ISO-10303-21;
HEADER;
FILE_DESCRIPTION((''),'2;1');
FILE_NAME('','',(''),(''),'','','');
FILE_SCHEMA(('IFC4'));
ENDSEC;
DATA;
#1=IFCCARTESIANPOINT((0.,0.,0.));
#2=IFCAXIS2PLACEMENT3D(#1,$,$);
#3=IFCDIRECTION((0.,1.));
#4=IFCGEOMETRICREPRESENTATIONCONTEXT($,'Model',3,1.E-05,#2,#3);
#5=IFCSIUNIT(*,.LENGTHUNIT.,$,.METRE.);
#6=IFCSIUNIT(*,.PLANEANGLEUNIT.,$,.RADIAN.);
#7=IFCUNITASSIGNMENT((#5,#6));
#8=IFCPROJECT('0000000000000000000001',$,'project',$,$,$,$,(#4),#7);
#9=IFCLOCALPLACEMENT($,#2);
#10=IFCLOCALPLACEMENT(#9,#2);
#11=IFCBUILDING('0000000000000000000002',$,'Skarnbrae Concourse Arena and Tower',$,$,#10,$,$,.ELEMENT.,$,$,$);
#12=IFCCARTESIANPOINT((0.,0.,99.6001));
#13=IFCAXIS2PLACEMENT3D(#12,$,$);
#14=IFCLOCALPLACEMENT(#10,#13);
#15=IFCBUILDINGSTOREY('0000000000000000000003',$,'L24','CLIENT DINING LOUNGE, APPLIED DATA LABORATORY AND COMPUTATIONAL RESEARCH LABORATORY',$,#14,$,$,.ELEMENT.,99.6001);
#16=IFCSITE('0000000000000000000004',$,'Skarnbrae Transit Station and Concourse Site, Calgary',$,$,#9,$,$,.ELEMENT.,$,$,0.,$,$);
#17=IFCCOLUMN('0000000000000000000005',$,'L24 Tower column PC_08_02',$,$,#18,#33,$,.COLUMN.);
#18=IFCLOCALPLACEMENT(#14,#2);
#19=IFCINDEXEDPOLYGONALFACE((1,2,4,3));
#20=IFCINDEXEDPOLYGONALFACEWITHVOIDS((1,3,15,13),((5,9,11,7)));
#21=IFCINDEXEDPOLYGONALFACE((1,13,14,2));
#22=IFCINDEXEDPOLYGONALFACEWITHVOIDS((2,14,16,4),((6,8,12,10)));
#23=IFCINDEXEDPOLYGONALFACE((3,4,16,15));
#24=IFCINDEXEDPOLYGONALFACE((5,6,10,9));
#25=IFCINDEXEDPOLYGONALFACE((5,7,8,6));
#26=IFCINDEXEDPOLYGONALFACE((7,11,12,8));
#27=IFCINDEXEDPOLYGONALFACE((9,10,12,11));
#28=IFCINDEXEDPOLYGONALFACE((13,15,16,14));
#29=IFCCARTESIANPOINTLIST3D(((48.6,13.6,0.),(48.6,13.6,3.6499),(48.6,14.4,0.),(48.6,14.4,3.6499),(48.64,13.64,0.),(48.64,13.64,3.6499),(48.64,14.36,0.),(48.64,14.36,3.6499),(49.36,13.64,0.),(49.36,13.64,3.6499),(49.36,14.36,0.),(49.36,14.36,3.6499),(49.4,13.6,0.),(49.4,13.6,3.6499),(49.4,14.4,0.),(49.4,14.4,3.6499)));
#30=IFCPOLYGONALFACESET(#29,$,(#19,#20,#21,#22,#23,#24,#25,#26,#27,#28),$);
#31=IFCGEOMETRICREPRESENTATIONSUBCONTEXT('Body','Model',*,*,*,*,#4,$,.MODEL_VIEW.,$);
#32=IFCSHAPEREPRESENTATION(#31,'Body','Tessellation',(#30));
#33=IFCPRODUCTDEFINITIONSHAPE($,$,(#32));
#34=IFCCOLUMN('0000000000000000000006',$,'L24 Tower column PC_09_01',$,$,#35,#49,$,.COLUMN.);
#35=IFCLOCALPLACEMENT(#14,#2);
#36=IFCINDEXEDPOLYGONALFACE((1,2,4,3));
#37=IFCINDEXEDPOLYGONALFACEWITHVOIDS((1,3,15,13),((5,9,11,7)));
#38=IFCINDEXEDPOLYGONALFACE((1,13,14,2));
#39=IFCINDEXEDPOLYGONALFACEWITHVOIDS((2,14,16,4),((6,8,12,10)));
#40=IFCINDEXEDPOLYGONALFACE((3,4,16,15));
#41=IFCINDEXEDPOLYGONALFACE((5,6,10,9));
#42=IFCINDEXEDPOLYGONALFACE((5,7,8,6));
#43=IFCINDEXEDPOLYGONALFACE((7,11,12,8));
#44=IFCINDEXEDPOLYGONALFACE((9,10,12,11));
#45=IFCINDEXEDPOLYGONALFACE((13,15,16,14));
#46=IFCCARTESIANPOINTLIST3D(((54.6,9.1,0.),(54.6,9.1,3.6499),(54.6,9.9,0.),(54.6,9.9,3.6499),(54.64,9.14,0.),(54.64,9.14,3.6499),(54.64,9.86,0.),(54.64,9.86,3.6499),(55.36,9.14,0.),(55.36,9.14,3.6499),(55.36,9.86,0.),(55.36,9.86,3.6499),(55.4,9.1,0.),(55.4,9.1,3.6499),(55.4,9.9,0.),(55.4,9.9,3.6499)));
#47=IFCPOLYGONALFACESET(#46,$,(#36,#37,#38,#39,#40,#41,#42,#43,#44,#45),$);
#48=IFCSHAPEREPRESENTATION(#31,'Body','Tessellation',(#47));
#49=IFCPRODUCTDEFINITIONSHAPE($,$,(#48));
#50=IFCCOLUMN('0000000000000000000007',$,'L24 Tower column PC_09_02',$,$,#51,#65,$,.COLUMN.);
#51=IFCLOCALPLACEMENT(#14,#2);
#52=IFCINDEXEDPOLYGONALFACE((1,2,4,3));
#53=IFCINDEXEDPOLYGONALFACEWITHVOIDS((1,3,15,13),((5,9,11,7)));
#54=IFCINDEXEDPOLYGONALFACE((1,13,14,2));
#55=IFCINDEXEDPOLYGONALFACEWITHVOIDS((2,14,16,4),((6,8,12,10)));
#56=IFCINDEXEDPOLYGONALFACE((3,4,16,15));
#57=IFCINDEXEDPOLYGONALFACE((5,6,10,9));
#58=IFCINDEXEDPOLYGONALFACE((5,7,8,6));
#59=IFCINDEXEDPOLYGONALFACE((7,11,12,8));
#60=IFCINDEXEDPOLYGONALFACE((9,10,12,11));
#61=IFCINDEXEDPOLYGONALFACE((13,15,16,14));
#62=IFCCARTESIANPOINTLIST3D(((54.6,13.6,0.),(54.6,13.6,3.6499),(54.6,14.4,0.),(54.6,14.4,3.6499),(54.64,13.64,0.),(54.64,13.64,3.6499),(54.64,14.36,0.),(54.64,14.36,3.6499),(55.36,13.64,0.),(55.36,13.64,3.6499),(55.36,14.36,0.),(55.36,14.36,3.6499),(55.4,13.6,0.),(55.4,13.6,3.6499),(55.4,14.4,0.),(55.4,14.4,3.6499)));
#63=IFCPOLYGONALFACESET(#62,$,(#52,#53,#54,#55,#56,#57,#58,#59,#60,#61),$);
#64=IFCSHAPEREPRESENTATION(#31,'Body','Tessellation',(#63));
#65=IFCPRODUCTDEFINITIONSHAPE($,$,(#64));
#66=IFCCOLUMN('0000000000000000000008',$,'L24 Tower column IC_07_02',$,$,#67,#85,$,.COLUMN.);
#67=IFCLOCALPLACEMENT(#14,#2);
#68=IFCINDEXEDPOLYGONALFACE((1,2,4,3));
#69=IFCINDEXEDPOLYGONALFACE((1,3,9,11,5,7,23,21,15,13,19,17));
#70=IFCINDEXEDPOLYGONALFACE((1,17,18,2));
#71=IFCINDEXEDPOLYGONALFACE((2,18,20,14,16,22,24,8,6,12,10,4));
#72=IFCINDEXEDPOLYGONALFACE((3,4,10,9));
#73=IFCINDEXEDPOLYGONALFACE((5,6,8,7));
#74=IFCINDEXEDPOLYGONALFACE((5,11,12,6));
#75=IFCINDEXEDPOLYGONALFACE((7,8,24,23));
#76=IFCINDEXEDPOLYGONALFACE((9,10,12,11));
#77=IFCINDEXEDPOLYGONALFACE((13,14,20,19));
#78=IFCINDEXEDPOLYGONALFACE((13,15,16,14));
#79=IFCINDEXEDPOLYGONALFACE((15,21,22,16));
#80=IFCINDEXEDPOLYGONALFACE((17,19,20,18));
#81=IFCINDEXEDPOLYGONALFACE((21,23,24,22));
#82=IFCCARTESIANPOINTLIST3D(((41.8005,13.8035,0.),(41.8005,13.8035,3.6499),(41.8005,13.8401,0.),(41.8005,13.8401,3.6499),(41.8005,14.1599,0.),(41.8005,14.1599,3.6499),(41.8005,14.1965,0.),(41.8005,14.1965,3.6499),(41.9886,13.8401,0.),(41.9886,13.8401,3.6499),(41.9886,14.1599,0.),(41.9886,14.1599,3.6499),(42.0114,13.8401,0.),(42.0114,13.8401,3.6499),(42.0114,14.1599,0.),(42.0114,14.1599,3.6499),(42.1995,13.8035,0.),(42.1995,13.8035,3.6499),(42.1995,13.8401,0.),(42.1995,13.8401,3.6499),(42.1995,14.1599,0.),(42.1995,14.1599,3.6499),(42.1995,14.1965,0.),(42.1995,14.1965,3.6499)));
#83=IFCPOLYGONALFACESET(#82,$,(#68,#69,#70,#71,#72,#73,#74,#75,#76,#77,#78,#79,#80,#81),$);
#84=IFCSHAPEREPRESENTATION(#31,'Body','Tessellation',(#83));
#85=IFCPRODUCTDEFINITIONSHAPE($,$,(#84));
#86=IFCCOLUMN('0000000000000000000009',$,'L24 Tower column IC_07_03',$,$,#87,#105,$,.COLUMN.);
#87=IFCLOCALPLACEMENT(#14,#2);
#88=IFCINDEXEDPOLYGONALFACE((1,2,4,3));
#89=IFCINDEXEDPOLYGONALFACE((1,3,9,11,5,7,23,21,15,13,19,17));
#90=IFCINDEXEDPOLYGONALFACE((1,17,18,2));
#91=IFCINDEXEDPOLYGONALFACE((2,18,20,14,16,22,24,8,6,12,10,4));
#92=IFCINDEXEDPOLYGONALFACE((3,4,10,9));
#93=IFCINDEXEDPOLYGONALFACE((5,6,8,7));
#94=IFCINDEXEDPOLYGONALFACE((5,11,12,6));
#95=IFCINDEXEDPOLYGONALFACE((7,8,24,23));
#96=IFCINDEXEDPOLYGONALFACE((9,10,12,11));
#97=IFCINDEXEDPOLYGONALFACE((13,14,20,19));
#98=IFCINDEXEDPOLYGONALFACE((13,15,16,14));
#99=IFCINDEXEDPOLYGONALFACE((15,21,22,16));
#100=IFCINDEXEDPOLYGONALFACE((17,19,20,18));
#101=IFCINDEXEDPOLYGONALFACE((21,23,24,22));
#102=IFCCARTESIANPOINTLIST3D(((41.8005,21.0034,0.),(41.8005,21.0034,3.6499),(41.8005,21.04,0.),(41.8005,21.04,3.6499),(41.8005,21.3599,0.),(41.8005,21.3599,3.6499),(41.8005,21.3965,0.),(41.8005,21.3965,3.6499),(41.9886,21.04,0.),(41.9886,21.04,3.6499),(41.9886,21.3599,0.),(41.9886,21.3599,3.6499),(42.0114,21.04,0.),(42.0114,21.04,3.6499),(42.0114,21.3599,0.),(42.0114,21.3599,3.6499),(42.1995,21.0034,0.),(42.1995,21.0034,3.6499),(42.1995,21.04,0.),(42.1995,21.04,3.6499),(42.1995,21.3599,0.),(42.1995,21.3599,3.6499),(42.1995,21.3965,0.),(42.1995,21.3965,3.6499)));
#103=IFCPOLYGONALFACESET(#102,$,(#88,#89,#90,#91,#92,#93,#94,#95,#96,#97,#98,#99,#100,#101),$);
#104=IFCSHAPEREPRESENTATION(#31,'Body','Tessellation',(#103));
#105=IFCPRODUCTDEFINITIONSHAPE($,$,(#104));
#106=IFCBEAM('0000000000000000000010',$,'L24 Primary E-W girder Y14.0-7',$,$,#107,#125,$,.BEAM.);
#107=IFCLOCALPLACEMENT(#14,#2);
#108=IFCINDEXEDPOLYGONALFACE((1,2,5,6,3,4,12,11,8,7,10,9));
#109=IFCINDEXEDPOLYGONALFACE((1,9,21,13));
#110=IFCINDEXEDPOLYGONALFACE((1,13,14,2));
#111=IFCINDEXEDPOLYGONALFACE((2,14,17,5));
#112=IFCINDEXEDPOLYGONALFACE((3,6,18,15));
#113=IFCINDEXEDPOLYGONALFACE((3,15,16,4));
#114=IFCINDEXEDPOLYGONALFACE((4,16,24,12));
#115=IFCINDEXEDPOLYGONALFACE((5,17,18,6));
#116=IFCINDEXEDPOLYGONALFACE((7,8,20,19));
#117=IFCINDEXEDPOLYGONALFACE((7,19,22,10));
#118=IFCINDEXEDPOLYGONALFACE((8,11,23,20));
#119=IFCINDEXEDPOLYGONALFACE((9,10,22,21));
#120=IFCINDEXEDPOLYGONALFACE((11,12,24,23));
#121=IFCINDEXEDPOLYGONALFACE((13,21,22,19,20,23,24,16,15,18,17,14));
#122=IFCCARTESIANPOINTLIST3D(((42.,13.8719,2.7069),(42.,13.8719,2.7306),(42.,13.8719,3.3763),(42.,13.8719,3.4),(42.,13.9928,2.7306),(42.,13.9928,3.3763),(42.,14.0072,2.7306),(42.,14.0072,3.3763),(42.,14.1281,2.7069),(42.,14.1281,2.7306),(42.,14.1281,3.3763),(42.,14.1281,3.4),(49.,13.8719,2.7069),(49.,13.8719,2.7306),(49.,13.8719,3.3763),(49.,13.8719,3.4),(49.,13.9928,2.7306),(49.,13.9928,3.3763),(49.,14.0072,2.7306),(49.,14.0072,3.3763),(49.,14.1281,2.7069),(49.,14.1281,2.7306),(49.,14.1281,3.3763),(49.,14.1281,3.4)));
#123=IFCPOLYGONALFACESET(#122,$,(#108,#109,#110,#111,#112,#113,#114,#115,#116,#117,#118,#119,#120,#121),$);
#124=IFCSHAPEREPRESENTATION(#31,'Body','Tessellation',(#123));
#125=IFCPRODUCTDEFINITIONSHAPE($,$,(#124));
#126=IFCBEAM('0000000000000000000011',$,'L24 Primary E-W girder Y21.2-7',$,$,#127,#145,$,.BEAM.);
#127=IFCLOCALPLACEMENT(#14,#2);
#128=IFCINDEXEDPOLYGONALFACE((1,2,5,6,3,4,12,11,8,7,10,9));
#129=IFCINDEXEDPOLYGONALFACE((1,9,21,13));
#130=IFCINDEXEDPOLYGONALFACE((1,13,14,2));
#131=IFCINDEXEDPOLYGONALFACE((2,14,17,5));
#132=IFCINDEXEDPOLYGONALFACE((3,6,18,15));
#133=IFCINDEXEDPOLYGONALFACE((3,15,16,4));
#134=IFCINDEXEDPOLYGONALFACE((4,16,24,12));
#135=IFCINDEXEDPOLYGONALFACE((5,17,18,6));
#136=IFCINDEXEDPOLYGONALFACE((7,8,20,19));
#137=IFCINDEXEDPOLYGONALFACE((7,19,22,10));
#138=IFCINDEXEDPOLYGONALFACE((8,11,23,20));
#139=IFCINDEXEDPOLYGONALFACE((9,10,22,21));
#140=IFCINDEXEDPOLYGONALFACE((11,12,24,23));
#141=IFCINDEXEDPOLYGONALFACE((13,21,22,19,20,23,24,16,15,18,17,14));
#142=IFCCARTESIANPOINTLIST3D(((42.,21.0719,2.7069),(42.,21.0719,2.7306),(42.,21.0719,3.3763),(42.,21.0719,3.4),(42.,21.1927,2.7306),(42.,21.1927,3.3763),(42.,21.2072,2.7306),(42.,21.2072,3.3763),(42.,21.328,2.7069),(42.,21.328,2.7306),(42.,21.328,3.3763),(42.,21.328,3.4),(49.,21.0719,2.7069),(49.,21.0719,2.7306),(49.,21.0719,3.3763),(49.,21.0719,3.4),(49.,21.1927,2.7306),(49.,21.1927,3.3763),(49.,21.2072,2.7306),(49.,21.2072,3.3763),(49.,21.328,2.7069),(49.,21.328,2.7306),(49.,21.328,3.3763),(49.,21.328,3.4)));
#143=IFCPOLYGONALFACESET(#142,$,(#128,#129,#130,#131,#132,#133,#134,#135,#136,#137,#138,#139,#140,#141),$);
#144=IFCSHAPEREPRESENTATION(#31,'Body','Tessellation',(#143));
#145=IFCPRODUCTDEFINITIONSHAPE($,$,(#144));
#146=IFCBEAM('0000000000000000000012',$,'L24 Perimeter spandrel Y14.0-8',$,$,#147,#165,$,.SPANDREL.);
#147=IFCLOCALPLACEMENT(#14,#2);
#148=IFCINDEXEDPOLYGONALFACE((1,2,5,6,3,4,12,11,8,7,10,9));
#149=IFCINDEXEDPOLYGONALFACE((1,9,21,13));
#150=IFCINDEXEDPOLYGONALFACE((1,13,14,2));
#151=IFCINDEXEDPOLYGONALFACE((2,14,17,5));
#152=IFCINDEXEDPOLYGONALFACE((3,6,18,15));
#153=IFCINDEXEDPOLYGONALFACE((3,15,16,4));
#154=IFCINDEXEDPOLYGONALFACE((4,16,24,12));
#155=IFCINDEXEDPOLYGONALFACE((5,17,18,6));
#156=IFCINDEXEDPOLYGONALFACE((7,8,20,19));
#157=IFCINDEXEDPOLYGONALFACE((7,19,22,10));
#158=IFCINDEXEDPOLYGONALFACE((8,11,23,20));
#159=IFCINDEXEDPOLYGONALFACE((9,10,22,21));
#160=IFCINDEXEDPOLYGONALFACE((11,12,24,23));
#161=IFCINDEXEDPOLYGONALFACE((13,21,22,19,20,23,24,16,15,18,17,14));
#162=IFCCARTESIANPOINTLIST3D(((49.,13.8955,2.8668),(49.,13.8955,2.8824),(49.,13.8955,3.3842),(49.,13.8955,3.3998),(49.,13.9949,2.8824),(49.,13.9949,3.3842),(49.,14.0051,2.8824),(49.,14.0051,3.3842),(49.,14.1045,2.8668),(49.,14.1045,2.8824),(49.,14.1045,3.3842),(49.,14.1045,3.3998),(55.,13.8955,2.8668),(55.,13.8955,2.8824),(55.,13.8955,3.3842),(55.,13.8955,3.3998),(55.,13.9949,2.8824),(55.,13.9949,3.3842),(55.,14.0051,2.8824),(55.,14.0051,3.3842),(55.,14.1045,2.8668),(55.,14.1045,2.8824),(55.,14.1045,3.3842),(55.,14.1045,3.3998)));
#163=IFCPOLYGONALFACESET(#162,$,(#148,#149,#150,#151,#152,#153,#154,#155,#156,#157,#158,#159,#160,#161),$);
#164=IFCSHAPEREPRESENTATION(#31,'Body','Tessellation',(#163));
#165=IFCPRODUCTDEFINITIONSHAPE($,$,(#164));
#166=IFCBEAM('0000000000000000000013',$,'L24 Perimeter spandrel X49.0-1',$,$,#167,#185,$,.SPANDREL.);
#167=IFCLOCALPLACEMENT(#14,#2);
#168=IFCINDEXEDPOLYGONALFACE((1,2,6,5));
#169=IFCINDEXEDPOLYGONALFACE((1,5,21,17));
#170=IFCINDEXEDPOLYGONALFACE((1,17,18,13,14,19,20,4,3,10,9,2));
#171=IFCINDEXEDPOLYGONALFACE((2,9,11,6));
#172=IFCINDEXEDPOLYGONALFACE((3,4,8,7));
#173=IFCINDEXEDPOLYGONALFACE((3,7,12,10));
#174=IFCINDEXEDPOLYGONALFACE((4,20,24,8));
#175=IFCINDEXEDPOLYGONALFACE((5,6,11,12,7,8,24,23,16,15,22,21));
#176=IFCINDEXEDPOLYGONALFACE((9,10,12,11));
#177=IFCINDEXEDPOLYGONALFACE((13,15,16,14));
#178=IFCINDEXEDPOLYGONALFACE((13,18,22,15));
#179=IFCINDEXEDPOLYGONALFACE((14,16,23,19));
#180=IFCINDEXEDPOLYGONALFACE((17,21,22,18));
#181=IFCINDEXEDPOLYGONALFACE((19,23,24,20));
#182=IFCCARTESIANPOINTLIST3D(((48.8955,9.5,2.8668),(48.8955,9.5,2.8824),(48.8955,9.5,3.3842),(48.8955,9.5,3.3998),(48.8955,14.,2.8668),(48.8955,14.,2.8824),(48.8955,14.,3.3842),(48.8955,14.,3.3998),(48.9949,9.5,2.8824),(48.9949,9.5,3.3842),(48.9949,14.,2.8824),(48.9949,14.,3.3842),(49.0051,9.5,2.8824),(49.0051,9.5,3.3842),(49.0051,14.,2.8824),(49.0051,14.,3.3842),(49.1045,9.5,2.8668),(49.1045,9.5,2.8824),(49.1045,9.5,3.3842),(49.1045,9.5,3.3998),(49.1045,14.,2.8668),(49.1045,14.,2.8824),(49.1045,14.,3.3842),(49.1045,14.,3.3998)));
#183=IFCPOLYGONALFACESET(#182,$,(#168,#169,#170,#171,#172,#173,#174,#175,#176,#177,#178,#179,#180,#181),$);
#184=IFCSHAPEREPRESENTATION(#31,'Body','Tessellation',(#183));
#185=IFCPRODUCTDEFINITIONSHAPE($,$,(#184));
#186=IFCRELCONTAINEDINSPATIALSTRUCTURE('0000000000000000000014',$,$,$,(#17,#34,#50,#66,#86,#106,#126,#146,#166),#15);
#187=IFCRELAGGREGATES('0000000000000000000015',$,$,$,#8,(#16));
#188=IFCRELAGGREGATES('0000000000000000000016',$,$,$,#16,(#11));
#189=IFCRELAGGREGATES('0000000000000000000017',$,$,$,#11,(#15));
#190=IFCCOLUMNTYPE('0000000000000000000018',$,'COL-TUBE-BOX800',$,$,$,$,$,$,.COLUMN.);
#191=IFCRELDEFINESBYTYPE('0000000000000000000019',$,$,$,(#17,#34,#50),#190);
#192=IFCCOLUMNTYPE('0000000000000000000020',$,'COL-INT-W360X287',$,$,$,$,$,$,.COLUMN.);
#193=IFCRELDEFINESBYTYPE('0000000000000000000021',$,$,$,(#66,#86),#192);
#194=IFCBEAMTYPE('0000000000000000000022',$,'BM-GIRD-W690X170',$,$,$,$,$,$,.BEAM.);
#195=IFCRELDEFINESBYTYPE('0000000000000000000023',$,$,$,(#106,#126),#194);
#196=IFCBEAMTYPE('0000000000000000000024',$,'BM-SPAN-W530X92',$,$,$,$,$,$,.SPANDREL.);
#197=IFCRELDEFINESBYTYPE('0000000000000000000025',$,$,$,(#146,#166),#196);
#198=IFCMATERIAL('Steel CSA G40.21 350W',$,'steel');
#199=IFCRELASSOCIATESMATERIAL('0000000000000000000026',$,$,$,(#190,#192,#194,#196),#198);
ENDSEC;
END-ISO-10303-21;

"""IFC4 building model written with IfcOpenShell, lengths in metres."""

from ifc_helpers import new_model, si_unit, direction, frame, origin, origin_2d, place, context, subcontext, project, spatial, hollow_rectangle, i_section, extrude, source, transform, mapped, material, material_profile, profile_set, type_object, element, save


model = new_model("IFC4")

# Units and contexts
model_context = context("Model", 3, precision=1e-05, world=origin(), true_north=direction((0.0, 1.0)))
body_context = subcontext(model_context, "Body", "Model", "MODEL_VIEW")
ifc_project = project(units=[si_unit("LENGTHUNIT", "METRE"), si_unit("PLANEANGLEUNIT", "RADIAN")], contexts=[model_context])

# Site, building, storey
site_placement = place(None, origin())
site = spatial("IfcSite", under=ifc_project, at=site_placement, Name="Skarnbrae Transit Station and Concourse Site, Calgary", CompositionType="ELEMENT", RefElevation=0.0)
building_placement = place(site_placement, origin())
building = spatial("IfcBuilding", under=site, at=building_placement, Name="Skarnbrae Concourse Arena and Tower", CompositionType="ELEMENT")
storey_placement = place(building_placement, frame((0.0, 0.0, 99.6001)))
storey = spatial("IfcBuildingStorey", under=building, at=storey_placement, Name="L24", Description="CLIENT DINING LOUNGE, APPLIED DATA LABORATORY AND COMPUTATIONAL RESEARCH LABORATORY", CompositionType="ELEMENT", Elevation=99.6001)

# Columns
ifc_material_1 = material(Name="Steel CSA G40.21 350W", Category="steel")
ifc_material_profile_1 = material_profile(ifc_material_1, hollow_rectangle(XDim=0.8, YDim=0.8, WallThickness=0.04, at=origin_2d()), Name="BOX800X800X40")
ifc_profile_set_1 = profile_set([ifc_material_profile_1], Name="Steel CSA G40.21 350W")
column_type_1 = type_object("IfcColumnType", Name="COL-TUBE-BOX800", PredefinedType="COLUMN", material=ifc_profile_set_1)
shared_shape_1 = source(origin(), body_context, "Body", "SweptSolid", [
    extrude(hollow_rectangle(XDim=0.8, YDim=0.8, WallThickness=0.04, at=origin_2d()), origin(), (0.0, 0.0, 1.0), 3.6499),
])
for number, where, z_axis, x_axis, name in (
    (1, (49.0, 14.0, 0.0), (0.0, 0.0, 1.0), (1.0, 0.0, 0.0), "L24 Tower column PC_08_02"),
    (2, (55.0, 9.5, 0.0), (0.0, 0.0, 1.0), (1.0, 0.0, 0.0), "L24 Tower column PC_09_01"),
    (3, (55.0, 14.0, 0.0), (0.0, 0.0, 1.0), (1.0, 0.0, 0.0), "L24 Tower column PC_09_02"),
):
    element("IfcColumn", number, at=place(storey_placement, frame(where, z_axis=z_axis, x_axis=x_axis)), inside=storey, type_object=column_type_1, Name=name, PredefinedType="COLUMN", context=body_context, shape_type="MappedRepresentation", body=[
        mapped(shared_shape_1, transform((0.0, 0.0, 0.0))),
    ])
ifc_material_profile_2 = material_profile(ifc_material_1, i_section(OverallWidth=0.3989, OverallDepth=0.3931, WebThickness=0.0227, FlangeThickness=0.0366, at=origin_2d()), Name="W360X287")
ifc_profile_set_2 = profile_set([ifc_material_profile_2], Name="Steel CSA G40.21 350W")
column_type_2 = type_object("IfcColumnType", Name="COL-INT-W360X287", PredefinedType="COLUMN", material=ifc_profile_set_2)
shared_shape_2 = source(origin(), body_context, "Body", "SweptSolid", [
    extrude(i_section(OverallWidth=0.3989, OverallDepth=0.3931, WebThickness=0.0227, FlangeThickness=0.0366, at=origin_2d()), origin(), (0.0, 0.0, 1.0), 3.6499),
])
for number, where, z_axis, x_axis, name in (
    (4, (42.0, 14.0, 0.0), (0.0, 0.0, 1.0), (1.0, 0.0, 0.0), "L24 Tower column IC_07_02"),
    (5, (42.0, 21.2, 0.0), (0.0, 0.0, 1.0), (1.0, 0.0, 0.0), "L24 Tower column IC_07_03"),
):
    element("IfcColumn", number, at=place(storey_placement, frame(where, z_axis=z_axis, x_axis=x_axis)), inside=storey, type_object=column_type_2, Name=name, PredefinedType="COLUMN", context=body_context, shape_type="MappedRepresentation", body=[
        mapped(shared_shape_2, transform((0.0, 0.0, 0.0))),
    ])

# Beams
ifc_material_profile_3 = material_profile(ifc_material_1, i_section(OverallWidth=0.2561, OverallDepth=0.6931, WebThickness=0.0144, FlangeThickness=0.0237, at=origin_2d()), Name="W690X170")
ifc_profile_set_3 = profile_set([ifc_material_profile_3], Name="Steel CSA G40.21 350W")
beam_type_1 = type_object("IfcBeamType", Name="BM-GIRD-W690X170", PredefinedType="BEAM", material=ifc_profile_set_3)
shared_shape_3 = source(origin(), body_context, "Body", "SweptSolid", [
    extrude(i_section(OverallWidth=0.2561, OverallDepth=0.6931, WebThickness=0.0144, FlangeThickness=0.0237, at=origin_2d()), origin(), (0.0, 0.0, 1.0), 7.0),
])
for number, where, z_axis, x_axis, name in (
    (6, (42.0, 14.0, 3.0535), (1.0, 0.0, 0.0), (0.0, 1.0, 0.0), "L24 Primary E-W girder Y14.0-7"),
    (7, (42.0, 21.2, 3.0535), (1.0, 0.0, 0.0), (0.0, 1.0, 0.0), "L24 Primary E-W girder Y21.2-7"),
):
    element("IfcBeam", number, at=place(storey_placement, frame(where, z_axis=z_axis, x_axis=x_axis)), inside=storey, type_object=beam_type_1, Name=name, PredefinedType="BEAM", context=body_context, shape_type="MappedRepresentation", body=[
        mapped(shared_shape_3, transform((0.0, 0.0, 0.0))),
    ])
ifc_material_profile_4 = material_profile(ifc_material_1, i_section(OverallWidth=0.209, OverallDepth=0.533, WebThickness=0.0103, FlangeThickness=0.0156, at=origin_2d()), Name="W530X92")
ifc_profile_set_4 = profile_set([ifc_material_profile_4], Name="Steel CSA G40.21 350W")
beam_type_2 = type_object("IfcBeamType", Name="BM-SPAN-W530X92", PredefinedType="SPANDREL", material=ifc_profile_set_4)
shared_shape_4 = source(origin(), body_context, "Body", "SweptSolid", [
    extrude(i_section(OverallWidth=0.209, OverallDepth=0.533, WebThickness=0.0103, FlangeThickness=0.0156, at=origin_2d()), origin(), (0.0, 0.0, 1.0), 6.0),
])
beam_1_placement = place(storey_placement, frame((49.0, 14.0, 3.1333), z_axis=(1.0, 0.0, 0.0), x_axis=(0.0, 1.0, 0.0)))
element("IfcBeam", 8, at=beam_1_placement, inside=storey, type_object=beam_type_2, Name="L24 Perimeter spandrel Y14.0-8", PredefinedType="SPANDREL", context=body_context, shape_type="MappedRepresentation", body=[
    mapped(shared_shape_4, transform((0.0, 0.0, 0.0))),
])
shared_shape_5 = source(origin(), body_context, "Body", "SweptSolid", [
    extrude(i_section(OverallWidth=0.209, OverallDepth=0.533, WebThickness=0.0103, FlangeThickness=0.0156, at=origin_2d()), origin(), (0.0, 0.0, 1.0), 4.5),
])
for number, where, z_axis, x_axis, name in (
    (9, (49.0, 9.5, 3.1333), (0.0, 1.0, 0.0), (-1.0, 0.0, 0.0), "L24 Perimeter spandrel X49.0-1"),
):
    element("IfcBeam", number, at=place(storey_placement, frame(where, z_axis=z_axis, x_axis=x_axis)), inside=storey, type_object=beam_type_2, Name=name, PredefinedType="SPANDREL", context=body_context, shape_type="MappedRepresentation", body=[
        mapped(shared_shape_5, transform((0.0, 0.0, 0.0))),
    ])

save(model, "model.ifc")
